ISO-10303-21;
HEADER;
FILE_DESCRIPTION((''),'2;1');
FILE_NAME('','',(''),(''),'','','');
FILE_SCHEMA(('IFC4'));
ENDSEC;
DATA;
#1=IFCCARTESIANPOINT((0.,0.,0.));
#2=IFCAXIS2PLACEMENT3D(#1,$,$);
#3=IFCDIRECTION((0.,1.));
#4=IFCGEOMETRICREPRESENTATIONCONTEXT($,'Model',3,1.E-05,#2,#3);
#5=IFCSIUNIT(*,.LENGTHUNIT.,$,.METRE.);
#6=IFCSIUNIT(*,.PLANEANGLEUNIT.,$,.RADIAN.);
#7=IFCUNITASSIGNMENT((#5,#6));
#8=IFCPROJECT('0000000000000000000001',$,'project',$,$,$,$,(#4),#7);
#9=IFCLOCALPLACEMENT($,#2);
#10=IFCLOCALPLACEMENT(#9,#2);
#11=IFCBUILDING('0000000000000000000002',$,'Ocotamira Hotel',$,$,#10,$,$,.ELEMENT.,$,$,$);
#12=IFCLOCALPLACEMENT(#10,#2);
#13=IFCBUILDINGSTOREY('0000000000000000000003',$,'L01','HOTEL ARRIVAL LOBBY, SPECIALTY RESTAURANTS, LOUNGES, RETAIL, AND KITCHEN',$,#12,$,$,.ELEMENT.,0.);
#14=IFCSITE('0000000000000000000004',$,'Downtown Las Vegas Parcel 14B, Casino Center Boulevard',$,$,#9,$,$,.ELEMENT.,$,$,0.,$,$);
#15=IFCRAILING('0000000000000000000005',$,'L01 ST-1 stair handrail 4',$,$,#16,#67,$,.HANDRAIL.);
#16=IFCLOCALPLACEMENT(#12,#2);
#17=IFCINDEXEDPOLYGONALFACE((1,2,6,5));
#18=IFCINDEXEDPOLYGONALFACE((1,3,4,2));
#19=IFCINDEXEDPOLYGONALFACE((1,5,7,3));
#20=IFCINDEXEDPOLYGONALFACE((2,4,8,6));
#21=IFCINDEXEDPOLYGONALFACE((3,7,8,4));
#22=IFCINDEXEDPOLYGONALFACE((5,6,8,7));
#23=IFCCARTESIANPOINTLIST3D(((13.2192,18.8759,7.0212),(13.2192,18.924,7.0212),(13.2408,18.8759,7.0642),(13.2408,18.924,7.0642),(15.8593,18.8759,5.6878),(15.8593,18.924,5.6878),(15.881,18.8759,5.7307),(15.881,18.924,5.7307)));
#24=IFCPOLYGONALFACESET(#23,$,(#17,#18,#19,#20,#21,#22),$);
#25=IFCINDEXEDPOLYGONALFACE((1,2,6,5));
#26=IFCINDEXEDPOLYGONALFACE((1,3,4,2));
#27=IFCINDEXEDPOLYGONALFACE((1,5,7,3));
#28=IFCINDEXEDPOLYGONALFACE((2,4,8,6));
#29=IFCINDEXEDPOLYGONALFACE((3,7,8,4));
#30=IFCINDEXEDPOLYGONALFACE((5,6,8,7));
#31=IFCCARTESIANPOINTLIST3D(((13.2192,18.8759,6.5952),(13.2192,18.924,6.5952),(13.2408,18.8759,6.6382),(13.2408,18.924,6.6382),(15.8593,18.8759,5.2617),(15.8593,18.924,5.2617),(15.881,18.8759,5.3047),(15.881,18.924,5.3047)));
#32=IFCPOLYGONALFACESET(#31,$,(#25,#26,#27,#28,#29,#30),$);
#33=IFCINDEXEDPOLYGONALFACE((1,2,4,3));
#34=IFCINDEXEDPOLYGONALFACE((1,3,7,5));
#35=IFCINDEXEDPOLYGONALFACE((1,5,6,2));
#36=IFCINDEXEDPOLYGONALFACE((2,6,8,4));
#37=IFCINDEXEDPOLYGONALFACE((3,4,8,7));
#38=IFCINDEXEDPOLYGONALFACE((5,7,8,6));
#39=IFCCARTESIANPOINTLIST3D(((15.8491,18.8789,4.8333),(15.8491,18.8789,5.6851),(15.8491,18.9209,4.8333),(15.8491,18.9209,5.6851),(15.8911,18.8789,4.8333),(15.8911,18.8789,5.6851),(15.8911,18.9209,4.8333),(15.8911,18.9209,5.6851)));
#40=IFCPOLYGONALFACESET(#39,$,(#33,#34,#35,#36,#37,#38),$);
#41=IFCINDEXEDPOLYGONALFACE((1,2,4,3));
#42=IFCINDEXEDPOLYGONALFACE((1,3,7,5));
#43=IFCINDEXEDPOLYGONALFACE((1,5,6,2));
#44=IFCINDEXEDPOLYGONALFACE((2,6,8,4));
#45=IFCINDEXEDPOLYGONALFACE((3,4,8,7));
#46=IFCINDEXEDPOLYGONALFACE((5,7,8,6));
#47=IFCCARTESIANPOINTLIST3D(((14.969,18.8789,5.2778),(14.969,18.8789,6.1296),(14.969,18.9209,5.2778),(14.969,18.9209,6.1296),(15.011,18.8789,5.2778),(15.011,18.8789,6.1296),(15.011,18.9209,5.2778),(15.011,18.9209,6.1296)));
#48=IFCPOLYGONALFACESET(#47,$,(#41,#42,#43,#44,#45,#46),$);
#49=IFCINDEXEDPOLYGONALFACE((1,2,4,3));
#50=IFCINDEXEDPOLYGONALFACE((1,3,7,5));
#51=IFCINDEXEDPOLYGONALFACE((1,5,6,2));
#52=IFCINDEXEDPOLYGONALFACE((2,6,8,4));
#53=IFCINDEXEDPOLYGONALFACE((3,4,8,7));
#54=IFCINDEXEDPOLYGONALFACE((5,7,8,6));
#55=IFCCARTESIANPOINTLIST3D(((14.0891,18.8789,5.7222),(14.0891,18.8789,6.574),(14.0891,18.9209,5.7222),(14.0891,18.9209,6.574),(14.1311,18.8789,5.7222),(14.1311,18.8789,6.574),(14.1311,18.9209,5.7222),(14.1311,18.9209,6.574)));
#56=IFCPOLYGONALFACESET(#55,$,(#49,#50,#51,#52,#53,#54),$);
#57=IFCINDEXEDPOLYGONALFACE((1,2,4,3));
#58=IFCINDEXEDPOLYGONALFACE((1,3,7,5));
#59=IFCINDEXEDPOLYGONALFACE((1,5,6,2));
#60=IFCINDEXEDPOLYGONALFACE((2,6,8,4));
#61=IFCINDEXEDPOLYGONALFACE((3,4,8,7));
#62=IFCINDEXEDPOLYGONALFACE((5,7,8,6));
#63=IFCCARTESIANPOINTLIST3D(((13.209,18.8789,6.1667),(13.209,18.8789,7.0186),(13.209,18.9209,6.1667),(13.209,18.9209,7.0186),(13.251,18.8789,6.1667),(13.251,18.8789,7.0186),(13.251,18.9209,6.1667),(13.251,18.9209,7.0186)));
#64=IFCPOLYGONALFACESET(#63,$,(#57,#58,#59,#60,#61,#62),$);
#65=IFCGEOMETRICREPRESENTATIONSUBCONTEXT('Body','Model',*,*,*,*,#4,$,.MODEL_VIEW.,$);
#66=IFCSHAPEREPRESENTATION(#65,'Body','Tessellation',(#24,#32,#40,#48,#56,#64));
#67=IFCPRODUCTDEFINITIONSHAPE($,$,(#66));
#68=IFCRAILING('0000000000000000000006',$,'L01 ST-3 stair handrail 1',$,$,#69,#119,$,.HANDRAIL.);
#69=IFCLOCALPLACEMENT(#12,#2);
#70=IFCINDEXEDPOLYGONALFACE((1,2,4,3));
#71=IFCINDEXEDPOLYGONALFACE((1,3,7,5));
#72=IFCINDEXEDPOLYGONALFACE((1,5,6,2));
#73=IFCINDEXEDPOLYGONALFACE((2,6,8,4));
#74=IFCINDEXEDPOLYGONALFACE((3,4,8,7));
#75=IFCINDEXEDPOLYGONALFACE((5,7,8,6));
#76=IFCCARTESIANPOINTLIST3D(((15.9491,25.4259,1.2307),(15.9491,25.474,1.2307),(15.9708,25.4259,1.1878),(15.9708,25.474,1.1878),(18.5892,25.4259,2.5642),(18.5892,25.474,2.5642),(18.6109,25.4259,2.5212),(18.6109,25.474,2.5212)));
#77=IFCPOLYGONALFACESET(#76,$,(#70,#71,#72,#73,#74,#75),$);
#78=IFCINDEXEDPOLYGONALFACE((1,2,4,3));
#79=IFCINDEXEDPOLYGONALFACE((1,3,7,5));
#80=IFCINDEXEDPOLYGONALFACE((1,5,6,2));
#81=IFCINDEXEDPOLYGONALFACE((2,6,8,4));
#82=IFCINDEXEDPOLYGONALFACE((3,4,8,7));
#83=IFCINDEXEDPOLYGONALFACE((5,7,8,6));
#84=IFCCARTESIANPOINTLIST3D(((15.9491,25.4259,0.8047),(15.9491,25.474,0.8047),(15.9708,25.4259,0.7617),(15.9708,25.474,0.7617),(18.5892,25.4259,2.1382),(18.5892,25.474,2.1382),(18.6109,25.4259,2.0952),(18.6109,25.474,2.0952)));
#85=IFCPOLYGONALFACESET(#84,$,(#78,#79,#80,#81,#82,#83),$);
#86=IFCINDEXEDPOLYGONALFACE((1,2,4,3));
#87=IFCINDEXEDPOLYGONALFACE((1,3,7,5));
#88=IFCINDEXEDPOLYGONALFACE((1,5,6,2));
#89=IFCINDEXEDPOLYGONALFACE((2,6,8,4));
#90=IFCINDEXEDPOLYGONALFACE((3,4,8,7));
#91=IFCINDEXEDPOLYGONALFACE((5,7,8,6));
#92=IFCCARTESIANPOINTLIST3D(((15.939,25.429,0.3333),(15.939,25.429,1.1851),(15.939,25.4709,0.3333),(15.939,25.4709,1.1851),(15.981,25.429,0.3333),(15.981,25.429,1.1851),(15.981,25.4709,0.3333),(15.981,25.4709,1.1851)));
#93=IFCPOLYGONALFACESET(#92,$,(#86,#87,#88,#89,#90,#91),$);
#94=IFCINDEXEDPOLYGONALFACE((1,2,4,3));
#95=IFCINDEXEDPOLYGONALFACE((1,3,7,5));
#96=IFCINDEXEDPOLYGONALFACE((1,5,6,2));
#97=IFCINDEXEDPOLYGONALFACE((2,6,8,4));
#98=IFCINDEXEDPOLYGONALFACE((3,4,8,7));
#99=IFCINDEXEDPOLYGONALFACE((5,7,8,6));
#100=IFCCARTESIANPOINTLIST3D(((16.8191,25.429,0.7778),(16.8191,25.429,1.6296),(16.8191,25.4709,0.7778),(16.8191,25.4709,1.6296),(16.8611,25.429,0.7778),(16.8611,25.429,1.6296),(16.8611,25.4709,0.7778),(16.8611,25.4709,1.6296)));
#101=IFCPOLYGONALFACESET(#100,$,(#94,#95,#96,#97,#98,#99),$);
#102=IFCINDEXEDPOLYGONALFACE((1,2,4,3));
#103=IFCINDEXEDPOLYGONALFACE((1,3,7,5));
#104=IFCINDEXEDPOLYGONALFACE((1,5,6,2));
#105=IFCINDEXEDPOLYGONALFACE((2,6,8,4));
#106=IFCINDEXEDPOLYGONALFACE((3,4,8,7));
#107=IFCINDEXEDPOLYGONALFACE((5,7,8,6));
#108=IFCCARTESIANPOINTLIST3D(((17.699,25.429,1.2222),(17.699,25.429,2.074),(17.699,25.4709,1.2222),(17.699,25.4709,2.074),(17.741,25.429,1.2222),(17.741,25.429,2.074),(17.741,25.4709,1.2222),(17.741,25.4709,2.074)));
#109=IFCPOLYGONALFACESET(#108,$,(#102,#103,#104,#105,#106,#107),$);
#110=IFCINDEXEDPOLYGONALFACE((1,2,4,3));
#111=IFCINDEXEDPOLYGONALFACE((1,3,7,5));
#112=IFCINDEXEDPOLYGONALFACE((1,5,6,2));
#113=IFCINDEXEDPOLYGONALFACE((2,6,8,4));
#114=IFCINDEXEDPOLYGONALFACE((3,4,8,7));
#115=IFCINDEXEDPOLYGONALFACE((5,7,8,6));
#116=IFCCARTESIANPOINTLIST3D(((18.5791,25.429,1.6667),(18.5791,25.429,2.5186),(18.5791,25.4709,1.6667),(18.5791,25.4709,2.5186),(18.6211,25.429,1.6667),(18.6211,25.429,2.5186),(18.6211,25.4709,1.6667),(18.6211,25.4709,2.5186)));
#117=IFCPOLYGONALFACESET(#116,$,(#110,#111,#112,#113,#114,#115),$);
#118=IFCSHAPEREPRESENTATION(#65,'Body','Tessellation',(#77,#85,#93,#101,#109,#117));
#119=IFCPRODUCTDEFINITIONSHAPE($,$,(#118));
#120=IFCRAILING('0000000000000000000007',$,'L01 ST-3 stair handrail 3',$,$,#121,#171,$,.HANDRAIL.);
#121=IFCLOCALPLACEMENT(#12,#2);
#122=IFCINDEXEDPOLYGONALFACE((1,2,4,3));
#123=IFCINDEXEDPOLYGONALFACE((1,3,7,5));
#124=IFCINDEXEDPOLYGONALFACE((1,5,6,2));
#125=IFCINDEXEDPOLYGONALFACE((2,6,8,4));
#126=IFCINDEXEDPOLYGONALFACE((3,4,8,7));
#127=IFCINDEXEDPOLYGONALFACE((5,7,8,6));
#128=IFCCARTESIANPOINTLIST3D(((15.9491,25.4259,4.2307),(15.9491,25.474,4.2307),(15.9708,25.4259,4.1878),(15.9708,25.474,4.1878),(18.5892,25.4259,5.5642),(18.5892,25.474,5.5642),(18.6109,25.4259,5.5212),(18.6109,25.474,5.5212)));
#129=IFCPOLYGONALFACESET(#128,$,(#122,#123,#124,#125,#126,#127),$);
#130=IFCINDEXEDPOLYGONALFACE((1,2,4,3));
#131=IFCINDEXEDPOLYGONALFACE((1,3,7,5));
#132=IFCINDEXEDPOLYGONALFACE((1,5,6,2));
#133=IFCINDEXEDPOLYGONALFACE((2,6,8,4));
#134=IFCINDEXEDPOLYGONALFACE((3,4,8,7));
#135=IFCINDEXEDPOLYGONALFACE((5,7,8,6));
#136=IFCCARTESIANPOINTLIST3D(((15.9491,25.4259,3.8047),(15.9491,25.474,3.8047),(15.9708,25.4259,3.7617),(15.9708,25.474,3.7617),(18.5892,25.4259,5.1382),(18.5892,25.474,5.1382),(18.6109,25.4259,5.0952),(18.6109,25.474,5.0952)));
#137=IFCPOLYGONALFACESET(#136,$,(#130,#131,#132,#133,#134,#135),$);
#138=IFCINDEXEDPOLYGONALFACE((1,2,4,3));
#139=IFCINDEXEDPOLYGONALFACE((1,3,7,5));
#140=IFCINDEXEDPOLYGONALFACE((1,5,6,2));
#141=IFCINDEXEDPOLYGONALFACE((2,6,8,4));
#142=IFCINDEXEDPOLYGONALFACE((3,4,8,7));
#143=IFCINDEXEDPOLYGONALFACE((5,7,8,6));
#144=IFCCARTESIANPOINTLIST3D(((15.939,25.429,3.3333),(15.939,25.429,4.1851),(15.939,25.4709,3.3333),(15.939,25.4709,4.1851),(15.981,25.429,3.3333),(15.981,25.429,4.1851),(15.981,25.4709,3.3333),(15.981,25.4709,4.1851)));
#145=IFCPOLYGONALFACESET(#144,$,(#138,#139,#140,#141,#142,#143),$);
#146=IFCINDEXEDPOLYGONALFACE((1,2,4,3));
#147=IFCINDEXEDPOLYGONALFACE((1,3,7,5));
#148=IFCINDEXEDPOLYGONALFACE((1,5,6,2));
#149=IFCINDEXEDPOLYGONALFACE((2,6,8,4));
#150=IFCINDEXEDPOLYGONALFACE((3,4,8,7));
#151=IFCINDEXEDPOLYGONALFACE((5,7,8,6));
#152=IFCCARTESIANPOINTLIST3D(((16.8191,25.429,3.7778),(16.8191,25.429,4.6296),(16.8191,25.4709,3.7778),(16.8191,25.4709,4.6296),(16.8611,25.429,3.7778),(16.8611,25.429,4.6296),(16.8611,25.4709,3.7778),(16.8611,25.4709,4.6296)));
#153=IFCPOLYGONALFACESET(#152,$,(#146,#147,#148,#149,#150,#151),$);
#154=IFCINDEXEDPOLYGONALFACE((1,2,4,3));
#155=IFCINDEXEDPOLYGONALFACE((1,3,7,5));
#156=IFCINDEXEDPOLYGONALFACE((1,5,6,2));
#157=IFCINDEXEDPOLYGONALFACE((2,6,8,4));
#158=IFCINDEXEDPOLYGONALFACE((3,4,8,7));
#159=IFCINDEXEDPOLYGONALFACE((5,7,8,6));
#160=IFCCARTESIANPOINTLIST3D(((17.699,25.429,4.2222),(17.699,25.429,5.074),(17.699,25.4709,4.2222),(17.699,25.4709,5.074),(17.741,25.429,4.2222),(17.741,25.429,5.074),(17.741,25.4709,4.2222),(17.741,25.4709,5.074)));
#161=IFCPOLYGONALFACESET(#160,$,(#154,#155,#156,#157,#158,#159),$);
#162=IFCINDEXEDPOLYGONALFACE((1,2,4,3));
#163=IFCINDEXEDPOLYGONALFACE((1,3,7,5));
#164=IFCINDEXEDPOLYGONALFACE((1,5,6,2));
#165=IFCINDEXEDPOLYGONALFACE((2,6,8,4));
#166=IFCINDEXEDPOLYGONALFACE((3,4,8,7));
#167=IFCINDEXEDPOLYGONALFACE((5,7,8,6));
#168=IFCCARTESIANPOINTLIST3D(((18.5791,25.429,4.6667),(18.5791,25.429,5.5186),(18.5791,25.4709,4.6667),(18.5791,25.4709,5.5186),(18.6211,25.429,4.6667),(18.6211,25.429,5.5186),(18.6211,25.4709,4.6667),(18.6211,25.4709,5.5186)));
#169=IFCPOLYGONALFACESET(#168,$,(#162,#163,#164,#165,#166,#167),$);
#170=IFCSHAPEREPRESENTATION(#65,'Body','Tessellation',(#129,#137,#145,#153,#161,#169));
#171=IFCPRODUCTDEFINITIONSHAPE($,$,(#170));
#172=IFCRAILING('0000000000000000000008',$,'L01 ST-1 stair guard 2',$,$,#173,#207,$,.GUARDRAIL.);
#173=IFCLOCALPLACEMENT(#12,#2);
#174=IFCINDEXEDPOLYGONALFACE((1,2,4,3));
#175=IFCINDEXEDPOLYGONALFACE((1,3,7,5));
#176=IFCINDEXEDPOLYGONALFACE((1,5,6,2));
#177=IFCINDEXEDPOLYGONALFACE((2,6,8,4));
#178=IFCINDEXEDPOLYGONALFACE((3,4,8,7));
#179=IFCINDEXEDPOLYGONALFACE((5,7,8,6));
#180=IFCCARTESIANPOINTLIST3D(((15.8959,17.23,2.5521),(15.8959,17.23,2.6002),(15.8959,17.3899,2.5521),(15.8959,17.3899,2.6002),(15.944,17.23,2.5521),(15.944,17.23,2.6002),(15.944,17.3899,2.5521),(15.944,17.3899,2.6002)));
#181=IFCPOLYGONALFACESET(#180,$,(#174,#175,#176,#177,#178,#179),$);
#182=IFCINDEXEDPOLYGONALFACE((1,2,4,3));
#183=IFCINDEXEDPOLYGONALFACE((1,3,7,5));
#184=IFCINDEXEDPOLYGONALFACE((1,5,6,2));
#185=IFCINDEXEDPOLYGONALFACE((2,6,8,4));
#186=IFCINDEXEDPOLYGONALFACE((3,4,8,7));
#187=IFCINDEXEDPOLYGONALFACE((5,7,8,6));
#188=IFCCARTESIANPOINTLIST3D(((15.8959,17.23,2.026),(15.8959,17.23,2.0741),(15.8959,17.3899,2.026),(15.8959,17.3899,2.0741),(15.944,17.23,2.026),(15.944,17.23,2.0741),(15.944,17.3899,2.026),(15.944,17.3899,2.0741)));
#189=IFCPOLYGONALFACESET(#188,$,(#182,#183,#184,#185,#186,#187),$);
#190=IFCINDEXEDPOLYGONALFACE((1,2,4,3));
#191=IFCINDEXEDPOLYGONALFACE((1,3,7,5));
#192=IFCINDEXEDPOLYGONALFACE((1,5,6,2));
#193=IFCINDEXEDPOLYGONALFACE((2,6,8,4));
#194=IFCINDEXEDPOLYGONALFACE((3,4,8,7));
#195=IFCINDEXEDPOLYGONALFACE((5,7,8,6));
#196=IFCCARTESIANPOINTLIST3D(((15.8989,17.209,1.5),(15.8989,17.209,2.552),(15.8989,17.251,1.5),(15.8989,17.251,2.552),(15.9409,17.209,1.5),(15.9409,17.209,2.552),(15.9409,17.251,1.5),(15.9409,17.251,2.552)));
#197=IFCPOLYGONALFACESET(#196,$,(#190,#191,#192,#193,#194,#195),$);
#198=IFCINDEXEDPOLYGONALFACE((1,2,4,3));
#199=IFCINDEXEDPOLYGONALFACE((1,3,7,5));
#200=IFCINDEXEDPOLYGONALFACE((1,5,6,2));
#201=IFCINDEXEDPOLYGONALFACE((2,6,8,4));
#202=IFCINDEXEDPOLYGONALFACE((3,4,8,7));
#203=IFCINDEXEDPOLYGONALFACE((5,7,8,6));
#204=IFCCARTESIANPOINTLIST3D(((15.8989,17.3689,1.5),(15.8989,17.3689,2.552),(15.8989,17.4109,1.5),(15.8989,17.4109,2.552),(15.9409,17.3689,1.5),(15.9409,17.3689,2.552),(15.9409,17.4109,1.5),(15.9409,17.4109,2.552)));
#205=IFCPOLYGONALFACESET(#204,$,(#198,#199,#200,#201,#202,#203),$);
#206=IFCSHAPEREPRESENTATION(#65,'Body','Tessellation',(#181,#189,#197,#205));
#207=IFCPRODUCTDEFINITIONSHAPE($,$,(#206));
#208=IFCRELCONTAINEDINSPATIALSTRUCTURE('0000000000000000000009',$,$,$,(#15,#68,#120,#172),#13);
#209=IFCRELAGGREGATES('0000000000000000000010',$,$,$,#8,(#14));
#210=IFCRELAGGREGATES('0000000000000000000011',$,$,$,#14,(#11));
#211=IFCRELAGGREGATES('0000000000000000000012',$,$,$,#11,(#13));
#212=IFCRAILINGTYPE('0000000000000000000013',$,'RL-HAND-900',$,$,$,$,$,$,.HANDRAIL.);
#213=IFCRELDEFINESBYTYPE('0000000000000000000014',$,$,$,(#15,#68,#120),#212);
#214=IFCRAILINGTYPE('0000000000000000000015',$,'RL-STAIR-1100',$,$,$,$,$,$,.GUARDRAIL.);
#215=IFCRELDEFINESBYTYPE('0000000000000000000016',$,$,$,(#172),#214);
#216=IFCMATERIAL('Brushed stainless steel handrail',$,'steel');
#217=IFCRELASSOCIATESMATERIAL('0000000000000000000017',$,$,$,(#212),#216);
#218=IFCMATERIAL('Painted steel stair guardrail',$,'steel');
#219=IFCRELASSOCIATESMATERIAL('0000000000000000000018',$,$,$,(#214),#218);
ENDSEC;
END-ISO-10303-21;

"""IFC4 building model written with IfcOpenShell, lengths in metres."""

from ifc_helpers import new_model, si_unit, direction, frame, origin, origin_2d, place, context, subcontext, project, spatial, rectangle, extrude, material, type_object, element, save


model = new_model("IFC4")

# Units and contexts
model_context = context("Model", 3, precision=1e-05, world=origin(), true_north=direction((0.0, 1.0)))
body_context = subcontext(model_context, "Body", "Model", "MODEL_VIEW")
ifc_project = project(units=[si_unit("LENGTHUNIT", "METRE"), si_unit("PLANEANGLEUNIT", "RADIAN")], contexts=[model_context])

# Site, building, storey
site_placement = place(None, origin())
site = spatial("IfcSite", under=ifc_project, at=site_placement, Name="Downtown Las Vegas Parcel 14B, Casino Center Boulevard", CompositionType="ELEMENT", RefElevation=0.0)
building_placement = place(site_placement, origin())
building = spatial("IfcBuilding", under=site, at=building_placement, Name="Ocotamira Hotel", CompositionType="ELEMENT")
storey_placement = place(building_placement, origin())
storey = spatial("IfcBuildingStorey", under=building, at=storey_placement, Name="L01", Description="HOTEL ARRIVAL LOBBY, SPECIALTY RESTAURANTS, LOUNGES, RETAIL, AND KITCHEN", CompositionType="ELEMENT", Elevation=0.0)

# Railings
ifc_material_1 = material(Name="Brushed stainless steel handrail", Category="steel")
railing_type_1 = type_object("IfcRailingType", Name="RL-HAND-900", PredefinedType="HANDRAIL", material=ifc_material_1)
for number, where, name in (
    (1, (15.8701, 18.8999, 4.8333), "L01 ST-1 stair handrail 4"),
):
    element("IfcRailing", number, at=place(storey_placement, frame(where)), inside=storey, type_object=railing_type_1, Name=name, PredefinedType="HANDRAIL", context=body_context, shape_type="SweptSolid", body=[
        extrude(rectangle(XDim=0.0481, YDim=0.0481, at=origin_2d()), frame((0.0, 0.0, 0.876), z_axis=(-0.892604, 0.0, 0.450842), x_axis=(0.0, -1.0, 0.0)), (0.0, 0.0, 1.0), 2.9578),
        extrude(rectangle(XDim=0.0481, YDim=0.0481, at=origin_2d()), frame((0.0, 0.0, 0.45), z_axis=(-0.892604, 0.0, 0.450842), x_axis=(0.0, -1.0, 0.0)), (0.0, 0.0, 1.0), 2.9578),
        extrude(rectangle(XDim=0.042, YDim=0.042, at=origin_2d()), origin(), (0.0, 0.0, 1.0), 0.8518),
        extrude(rectangle(XDim=0.042, YDim=0.042, at=origin_2d()), frame((-0.8801, 0.0, 0.4446)), (0.0, 0.0, 1.0), 0.8518),
        extrude(rectangle(XDim=0.042, YDim=0.042, at=origin_2d()), frame((-1.76, 0.0, 0.8889)), (0.0, 0.0, 1.0), 0.8518),
        extrude(rectangle(XDim=0.042, YDim=0.042, at=origin_2d()), frame((-2.6401, 0.0, 1.3335)), (0.0, 0.0, 1.0), 0.8518),
    ])
for number, where, name in (
    (2, (15.96, 25.45, 0.3333), "L01 ST-3 stair handrail 1"),
    (3, (15.96, 25.45, 3.3333), "L01 ST-3 stair handrail 3"),
):
    element("IfcRailing", number, at=place(storey_placement, frame(where)), inside=storey, type_object=railing_type_1, Name=name, PredefinedType="HANDRAIL", context=body_context, shape_type="SweptSolid", body=[
        extrude(rectangle(XDim=0.0481, YDim=0.0481, at=origin_2d()), frame((0.0, 0.0, 0.876), z_axis=(0.892604, 0.0, 0.450842), x_axis=(0.0, 1.0, 0.0)), (0.0, 0.0, 1.0), 2.9578),
        extrude(rectangle(XDim=0.0481, YDim=0.0481, at=origin_2d()), frame((0.0, 0.0, 0.45), z_axis=(0.892604, 0.0, 0.450842), x_axis=(0.0, 1.0, 0.0)), (0.0, 0.0, 1.0), 2.9578),
        extrude(rectangle(XDim=0.042, YDim=0.042, at=origin_2d()), origin(), (0.0, 0.0, 1.0), 0.8518),
        extrude(rectangle(XDim=0.042, YDim=0.042, at=origin_2d()), frame((0.8801, 0.0, 0.4446)), (0.0, 0.0, 1.0), 0.8518),
        extrude(rectangle(XDim=0.042, YDim=0.042, at=origin_2d()), frame((1.76, 0.0, 0.8889)), (0.0, 0.0, 1.0), 0.8518),
        extrude(rectangle(XDim=0.042, YDim=0.042, at=origin_2d()), frame((2.6401, 0.0, 1.3335)), (0.0, 0.0, 1.0), 0.8518),
    ])
ifc_material_2 = material(Name="Painted steel stair guardrail", Category="steel")
railing_type_2 = type_object("IfcRailingType", Name="RL-STAIR-1100", PredefinedType="GUARDRAIL", material=ifc_material_2)
railing_1_placement = place(storey_placement, frame((15.9199, 17.23, 1.5)))
element("IfcRailing", 4, at=railing_1_placement, inside=storey, type_object=railing_type_2, Name="L01 ST-1 stair guard 2", PredefinedType="GUARDRAIL", context=body_context, shape_type="SweptSolid", body=[
    extrude(rectangle(XDim=0.0481, YDim=0.0481, at=origin_2d()), frame((0.0, 0.0, 1.0762), z_axis=(0.0, 1.0, 0.0), x_axis=(-1.0, 0.0, 0.0)), (0.0, 0.0, 1.0), 0.1599),
    extrude(rectangle(XDim=0.0481, YDim=0.0481, at=origin_2d()), frame((0.0, 0.0, 0.55), z_axis=(0.0, 1.0, 0.0), x_axis=(-1.0, 0.0, 0.0)), (0.0, 0.0, 1.0), 0.1599),
    extrude(rectangle(XDim=0.042, YDim=0.042, at=origin_2d()), origin(), (0.0, 0.0, 1.0), 1.052),
    extrude(rectangle(XDim=0.042, YDim=0.042, at=origin_2d()), frame((0.0, 0.1599, 0.0)), (0.0, 0.0, 1.0), 1.052),
])

save(model, "model.ifc")
